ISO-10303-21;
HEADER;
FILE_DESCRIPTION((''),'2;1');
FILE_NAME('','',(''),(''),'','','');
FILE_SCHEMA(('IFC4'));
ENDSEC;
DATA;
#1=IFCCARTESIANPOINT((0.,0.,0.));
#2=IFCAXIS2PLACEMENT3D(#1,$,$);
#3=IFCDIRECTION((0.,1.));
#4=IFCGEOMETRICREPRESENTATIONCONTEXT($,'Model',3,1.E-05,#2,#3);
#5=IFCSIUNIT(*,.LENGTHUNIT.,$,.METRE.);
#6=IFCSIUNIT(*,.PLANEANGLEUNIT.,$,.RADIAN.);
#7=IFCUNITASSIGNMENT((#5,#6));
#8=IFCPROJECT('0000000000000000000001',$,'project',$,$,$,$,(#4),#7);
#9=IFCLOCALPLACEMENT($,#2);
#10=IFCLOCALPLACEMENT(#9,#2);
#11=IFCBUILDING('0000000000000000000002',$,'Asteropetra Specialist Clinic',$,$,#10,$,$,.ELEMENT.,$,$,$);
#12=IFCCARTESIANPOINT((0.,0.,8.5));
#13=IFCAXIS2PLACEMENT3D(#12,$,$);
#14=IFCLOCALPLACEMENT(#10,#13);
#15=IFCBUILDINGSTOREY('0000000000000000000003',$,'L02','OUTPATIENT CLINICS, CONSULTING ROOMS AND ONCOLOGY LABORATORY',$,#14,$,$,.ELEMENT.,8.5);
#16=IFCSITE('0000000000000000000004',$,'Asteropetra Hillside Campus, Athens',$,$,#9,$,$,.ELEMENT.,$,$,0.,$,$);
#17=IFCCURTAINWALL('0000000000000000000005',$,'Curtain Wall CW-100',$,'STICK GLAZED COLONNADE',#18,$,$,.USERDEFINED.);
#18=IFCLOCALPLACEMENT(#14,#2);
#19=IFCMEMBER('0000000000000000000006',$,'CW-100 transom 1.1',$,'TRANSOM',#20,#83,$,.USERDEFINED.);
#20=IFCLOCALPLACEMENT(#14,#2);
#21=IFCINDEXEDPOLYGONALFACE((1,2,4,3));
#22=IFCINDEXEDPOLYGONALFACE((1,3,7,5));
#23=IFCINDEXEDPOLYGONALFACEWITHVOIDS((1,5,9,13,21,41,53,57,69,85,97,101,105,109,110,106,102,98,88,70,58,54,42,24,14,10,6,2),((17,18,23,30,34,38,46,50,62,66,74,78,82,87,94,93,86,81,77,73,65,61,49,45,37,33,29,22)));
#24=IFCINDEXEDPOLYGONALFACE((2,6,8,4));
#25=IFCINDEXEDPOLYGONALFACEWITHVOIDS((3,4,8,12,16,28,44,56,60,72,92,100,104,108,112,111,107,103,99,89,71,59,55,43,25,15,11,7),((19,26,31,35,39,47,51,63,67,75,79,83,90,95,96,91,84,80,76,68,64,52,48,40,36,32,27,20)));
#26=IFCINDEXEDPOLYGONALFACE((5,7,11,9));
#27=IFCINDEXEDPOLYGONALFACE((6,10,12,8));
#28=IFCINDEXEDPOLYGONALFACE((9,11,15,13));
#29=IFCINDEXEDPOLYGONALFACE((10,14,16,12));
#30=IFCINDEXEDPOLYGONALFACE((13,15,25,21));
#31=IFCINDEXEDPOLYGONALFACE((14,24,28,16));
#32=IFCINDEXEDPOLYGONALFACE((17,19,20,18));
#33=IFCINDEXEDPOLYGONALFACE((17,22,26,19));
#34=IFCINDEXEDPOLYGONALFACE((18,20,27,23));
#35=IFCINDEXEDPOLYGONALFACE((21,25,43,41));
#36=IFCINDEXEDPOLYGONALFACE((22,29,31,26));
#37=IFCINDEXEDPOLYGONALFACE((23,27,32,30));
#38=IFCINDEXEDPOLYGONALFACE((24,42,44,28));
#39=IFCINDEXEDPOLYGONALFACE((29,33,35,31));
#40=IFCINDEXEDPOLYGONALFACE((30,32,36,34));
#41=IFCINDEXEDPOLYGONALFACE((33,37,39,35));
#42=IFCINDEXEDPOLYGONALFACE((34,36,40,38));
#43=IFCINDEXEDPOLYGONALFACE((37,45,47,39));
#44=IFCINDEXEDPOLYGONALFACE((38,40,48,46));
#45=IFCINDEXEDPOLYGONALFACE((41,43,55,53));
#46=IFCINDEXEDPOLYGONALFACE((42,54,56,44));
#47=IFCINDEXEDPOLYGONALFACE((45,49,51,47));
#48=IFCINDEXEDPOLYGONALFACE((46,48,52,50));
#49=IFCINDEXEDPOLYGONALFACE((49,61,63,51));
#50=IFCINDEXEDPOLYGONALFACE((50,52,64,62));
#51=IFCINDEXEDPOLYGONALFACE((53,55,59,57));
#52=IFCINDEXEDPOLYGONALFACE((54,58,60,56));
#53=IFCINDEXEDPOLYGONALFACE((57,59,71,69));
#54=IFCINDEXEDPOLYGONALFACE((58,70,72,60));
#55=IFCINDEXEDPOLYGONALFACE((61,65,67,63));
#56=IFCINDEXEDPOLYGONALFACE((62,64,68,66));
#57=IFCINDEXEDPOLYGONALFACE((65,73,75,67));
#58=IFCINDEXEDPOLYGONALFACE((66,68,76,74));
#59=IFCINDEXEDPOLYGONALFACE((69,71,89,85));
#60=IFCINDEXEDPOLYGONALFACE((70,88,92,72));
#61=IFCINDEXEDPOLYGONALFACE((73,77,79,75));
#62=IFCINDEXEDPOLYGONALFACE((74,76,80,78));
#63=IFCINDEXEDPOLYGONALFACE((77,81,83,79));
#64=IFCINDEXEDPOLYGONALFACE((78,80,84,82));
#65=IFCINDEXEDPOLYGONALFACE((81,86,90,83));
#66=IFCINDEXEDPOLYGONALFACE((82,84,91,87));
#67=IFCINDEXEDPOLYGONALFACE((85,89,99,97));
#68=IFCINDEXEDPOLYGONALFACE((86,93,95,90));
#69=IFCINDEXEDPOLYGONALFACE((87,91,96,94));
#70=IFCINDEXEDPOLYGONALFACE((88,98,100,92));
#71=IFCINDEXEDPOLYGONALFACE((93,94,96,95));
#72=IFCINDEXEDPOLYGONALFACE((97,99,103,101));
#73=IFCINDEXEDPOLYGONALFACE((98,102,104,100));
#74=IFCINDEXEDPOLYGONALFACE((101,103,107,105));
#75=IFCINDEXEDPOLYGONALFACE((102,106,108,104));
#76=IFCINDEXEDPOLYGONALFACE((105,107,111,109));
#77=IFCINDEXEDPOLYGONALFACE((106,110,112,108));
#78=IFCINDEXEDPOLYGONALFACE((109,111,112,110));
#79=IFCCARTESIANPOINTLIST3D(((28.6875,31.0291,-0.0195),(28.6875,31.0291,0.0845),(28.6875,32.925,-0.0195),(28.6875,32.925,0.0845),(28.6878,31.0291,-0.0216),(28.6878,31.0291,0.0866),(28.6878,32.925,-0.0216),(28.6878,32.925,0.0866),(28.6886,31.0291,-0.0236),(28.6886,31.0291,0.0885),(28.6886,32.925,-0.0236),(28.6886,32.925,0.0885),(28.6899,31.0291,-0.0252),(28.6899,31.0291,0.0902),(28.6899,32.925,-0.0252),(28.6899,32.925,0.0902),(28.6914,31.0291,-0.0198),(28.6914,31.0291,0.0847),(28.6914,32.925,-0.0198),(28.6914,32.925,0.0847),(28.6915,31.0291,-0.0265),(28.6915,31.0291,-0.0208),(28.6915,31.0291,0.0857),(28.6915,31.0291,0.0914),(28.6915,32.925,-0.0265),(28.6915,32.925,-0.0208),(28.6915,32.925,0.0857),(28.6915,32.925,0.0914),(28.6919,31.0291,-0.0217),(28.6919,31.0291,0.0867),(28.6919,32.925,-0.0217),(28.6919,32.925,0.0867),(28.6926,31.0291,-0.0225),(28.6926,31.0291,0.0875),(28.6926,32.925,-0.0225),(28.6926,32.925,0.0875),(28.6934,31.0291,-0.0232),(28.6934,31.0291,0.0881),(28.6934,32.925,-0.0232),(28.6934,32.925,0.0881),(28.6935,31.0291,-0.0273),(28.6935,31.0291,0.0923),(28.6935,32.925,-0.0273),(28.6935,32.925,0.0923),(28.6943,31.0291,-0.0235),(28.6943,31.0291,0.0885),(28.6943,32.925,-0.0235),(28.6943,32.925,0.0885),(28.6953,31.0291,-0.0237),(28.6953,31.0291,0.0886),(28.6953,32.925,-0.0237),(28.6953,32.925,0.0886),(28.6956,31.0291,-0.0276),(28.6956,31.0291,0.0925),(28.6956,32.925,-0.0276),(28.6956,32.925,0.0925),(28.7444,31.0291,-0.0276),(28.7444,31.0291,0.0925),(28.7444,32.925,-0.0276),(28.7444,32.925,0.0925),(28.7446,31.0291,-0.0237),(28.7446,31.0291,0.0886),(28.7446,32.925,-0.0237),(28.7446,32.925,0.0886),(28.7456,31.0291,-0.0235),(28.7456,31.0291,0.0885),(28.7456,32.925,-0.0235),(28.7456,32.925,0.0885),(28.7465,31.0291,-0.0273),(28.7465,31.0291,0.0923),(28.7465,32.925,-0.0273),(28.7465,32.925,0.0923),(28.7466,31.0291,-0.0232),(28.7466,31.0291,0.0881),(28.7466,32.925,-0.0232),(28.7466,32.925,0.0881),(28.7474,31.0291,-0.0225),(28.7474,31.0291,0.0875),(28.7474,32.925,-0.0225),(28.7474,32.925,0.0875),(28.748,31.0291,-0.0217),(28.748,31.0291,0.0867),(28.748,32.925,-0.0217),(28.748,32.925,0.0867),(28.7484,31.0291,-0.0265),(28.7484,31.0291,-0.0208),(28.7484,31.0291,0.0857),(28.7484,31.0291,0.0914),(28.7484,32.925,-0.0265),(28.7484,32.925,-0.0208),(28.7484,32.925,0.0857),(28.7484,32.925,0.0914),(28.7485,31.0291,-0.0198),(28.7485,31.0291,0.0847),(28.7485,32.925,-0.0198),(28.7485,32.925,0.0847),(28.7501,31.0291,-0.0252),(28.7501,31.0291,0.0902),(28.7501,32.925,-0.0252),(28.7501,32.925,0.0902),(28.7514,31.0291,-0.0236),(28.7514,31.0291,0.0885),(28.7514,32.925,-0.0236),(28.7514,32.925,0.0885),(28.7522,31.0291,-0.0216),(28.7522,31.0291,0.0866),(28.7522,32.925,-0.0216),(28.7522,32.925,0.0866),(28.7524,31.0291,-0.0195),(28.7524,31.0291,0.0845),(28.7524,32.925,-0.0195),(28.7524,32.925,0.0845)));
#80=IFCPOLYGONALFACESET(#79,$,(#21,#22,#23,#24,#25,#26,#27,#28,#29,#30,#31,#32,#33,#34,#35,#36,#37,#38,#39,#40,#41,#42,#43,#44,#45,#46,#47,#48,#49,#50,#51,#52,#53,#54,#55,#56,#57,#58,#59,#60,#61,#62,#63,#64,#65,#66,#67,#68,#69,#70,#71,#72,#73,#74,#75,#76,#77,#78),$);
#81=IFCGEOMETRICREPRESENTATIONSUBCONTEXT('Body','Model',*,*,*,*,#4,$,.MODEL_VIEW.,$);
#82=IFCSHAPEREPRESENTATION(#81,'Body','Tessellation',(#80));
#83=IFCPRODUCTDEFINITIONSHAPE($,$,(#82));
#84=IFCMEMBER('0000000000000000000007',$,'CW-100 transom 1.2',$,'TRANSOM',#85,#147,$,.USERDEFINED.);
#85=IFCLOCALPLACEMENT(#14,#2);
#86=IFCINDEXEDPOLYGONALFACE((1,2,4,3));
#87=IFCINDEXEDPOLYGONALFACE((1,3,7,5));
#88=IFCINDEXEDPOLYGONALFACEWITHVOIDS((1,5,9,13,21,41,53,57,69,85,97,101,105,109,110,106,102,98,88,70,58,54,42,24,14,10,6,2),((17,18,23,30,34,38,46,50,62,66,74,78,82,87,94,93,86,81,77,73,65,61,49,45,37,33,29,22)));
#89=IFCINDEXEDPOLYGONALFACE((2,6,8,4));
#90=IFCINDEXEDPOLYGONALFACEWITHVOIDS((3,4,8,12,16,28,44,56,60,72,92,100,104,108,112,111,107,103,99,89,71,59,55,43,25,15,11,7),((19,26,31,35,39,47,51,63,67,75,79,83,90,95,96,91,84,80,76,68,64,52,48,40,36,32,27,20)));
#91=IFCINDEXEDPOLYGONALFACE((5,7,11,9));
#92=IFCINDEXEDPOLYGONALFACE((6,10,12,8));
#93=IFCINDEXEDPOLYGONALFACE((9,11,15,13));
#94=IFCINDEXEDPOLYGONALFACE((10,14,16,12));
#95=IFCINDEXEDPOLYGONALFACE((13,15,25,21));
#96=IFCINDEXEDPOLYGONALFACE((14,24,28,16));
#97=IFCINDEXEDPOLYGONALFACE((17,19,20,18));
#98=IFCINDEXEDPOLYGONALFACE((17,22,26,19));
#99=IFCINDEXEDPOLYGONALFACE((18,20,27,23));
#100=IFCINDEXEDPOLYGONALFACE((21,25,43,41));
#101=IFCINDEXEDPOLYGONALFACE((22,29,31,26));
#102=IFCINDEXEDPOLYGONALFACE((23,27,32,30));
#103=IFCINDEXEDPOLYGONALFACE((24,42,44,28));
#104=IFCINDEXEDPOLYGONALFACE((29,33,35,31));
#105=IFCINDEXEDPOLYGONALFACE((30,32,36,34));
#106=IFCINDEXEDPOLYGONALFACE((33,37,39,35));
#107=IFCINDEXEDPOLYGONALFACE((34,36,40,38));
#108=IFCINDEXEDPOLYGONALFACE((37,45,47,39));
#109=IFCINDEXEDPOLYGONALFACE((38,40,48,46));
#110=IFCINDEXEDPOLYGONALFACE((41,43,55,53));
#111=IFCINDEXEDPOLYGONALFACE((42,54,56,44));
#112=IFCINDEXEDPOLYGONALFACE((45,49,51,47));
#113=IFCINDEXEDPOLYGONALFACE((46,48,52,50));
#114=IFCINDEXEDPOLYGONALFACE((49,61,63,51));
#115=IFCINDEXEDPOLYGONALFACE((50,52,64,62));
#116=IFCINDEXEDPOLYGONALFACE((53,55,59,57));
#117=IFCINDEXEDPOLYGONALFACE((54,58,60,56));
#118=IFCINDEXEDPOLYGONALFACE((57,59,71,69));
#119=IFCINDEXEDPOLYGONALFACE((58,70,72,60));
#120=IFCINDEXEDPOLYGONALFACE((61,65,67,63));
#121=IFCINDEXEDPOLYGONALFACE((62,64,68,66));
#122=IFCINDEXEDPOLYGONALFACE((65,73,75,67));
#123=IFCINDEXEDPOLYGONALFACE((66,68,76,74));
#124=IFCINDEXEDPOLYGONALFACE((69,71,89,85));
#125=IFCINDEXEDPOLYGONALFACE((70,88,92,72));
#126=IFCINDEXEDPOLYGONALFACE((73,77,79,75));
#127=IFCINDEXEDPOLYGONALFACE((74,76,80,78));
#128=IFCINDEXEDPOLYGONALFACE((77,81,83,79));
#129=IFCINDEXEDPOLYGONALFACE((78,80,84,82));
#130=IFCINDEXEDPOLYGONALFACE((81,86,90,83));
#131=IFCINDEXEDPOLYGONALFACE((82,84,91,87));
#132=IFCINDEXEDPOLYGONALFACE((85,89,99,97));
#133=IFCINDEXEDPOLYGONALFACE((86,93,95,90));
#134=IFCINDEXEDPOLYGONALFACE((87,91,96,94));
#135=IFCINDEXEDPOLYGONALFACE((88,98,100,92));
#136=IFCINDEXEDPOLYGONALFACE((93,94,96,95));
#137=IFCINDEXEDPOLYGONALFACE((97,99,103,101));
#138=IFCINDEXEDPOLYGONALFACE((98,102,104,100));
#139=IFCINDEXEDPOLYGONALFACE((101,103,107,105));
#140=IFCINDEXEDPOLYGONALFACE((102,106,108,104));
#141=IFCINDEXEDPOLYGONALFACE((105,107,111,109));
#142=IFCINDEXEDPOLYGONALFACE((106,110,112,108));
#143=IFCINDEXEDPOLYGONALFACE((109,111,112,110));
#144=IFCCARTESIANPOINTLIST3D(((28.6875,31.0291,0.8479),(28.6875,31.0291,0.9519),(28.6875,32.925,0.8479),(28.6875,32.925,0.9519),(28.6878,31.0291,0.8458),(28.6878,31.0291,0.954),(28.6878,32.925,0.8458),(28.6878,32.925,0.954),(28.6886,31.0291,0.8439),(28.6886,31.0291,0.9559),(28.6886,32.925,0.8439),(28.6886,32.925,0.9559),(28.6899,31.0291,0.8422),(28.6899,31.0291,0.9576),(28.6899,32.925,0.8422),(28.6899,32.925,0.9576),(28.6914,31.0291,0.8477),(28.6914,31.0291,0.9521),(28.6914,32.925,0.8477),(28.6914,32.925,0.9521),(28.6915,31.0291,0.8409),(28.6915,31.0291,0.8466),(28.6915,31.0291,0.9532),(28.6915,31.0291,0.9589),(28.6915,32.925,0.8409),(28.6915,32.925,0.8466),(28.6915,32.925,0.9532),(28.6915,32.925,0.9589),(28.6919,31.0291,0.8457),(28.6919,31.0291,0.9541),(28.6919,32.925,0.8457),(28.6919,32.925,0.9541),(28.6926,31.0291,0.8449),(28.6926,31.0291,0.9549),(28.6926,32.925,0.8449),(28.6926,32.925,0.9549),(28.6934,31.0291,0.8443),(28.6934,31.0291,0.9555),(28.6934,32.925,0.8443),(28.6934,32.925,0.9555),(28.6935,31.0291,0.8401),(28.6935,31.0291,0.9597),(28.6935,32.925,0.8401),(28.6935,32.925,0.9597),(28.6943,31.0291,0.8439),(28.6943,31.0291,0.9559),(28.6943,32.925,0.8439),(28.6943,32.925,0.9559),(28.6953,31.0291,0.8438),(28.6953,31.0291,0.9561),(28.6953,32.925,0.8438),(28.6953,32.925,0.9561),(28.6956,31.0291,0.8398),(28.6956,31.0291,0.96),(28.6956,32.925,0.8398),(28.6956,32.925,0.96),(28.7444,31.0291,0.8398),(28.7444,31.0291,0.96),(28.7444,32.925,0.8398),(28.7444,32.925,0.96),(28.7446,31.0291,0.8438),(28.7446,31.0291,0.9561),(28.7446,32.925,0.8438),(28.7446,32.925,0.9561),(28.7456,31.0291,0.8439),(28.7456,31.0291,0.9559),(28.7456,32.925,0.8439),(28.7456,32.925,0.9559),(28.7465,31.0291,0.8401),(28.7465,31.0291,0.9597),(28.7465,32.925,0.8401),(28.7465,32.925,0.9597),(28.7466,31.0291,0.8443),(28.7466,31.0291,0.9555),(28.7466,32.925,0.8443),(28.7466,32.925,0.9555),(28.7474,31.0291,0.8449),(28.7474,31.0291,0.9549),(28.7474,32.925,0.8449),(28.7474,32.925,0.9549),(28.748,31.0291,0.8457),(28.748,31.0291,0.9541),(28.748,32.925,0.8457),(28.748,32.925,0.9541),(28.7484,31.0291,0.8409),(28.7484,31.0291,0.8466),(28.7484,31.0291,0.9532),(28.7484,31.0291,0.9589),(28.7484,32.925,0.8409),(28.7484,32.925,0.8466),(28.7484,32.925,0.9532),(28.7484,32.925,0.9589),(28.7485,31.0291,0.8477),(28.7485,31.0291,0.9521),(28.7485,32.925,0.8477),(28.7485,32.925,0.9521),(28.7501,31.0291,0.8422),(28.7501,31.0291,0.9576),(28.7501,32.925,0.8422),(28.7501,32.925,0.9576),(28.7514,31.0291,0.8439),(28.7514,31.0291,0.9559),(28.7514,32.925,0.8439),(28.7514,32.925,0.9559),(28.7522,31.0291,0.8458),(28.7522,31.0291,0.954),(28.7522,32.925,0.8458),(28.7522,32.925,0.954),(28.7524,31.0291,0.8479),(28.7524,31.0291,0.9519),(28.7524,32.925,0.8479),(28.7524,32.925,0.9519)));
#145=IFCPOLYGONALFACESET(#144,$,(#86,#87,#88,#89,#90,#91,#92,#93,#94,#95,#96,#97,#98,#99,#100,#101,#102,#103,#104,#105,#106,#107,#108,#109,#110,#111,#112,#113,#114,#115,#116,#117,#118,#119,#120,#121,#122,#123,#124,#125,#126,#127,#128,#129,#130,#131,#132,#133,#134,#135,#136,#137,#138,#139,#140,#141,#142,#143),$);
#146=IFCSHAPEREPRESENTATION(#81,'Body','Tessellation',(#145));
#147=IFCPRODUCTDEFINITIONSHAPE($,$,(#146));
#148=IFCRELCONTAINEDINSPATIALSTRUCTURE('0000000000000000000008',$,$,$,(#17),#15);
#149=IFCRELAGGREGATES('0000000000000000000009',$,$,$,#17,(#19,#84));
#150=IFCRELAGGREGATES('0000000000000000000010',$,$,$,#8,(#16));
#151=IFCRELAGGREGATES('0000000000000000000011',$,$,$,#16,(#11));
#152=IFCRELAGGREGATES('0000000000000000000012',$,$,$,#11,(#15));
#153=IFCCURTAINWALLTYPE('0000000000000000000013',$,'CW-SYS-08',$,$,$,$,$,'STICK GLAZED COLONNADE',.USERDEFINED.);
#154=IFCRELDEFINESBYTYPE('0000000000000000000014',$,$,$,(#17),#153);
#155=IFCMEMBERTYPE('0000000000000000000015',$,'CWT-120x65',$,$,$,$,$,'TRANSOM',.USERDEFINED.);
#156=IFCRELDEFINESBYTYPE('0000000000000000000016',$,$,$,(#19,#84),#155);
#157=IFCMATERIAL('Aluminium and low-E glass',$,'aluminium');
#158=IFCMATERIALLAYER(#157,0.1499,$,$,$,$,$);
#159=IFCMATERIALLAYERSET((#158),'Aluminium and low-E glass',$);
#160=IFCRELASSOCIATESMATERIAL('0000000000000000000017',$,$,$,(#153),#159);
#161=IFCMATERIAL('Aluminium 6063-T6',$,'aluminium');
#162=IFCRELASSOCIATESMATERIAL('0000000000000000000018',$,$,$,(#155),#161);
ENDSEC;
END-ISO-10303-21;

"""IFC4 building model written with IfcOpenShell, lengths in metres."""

from ifc_helpers import new_model, si_unit, direction, frame, origin, origin_2d, place, context, subcontext, project, spatial, hollow_rectangle, extrude, material, layer, layer_set, material_profile, profile_set, type_object, element, aggregate, save


model = new_model("IFC4")

# Units and contexts
model_context = context("Model", 3, precision=1e-05, world=origin(), true_north=direction((0.0, 1.0)))
body_context = subcontext(model_context, "Body", "Model", "MODEL_VIEW")
ifc_project = project(units=[si_unit("LENGTHUNIT", "METRE"), si_unit("PLANEANGLEUNIT", "RADIAN")], contexts=[model_context])

# Site, building, storey
site_placement = place(None, origin())
site = spatial("IfcSite", under=ifc_project, at=site_placement, Name="Asteropetra Hillside Campus, Athens", CompositionType="ELEMENT", RefElevation=0.0)
building_placement = place(site_placement, origin())
building = spatial("IfcBuilding", under=site, at=building_placement, Name="Asteropetra Specialist Clinic", CompositionType="ELEMENT")
storey_placement = place(building_placement, frame((0.0, 0.0, 8.5)))
storey = spatial("IfcBuildingStorey", under=building, at=storey_placement, Name="L02", Description="OUTPATIENT CLINICS, CONSULTING ROOMS AND ONCOLOGY LABORATORY", CompositionType="ELEMENT", Elevation=8.5)

# Curtain wall, members
ifc_material_1 = material(Name="Aluminium and low-E glass", Category="aluminium")
ifc_layer_1 = layer(ifc_material_1, 0.1499)
ifc_layer_set_1 = layer_set([ifc_layer_1], Name="Aluminium and low-E glass")
curtain_wall_type = type_object("IfcCurtainWallType", Name="CW-SYS-08", ElementType="STICK GLAZED COLONNADE", PredefinedType="USERDEFINED", material=ifc_layer_set_1)
curtain_wall_placement = place(storey_placement, origin())
curtain_wall = element("IfcCurtainWall", 1, at=curtain_wall_placement, inside=storey, type_object=curtain_wall_type, Name="Curtain Wall CW-100", ObjectType="STICK GLAZED COLONNADE", PredefinedType="USERDEFINED")
ifc_material_2 = material(Name="Aluminium 6063-T6", Category="aluminium")
ifc_material_profile_1 = material_profile(ifc_material_2, hollow_rectangle(XDim=0.0649, YDim=0.1201, WallThickness=0.0039, InnerFilletRadius=0.0039, OuterFilletRadius=0.0081, at=origin_2d()), Name="TRN 120x65x4.0")
ifc_profile_set_1 = profile_set([ifc_material_profile_1], Name="Aluminium 6063-T6")
member_type_1 = type_object("IfcMemberType", Name="CWT-120x65", ElementType="TRANSOM", PredefinedType="USERDEFINED", material=ifc_profile_set_1)
member_1_placement = place(storey_placement, frame((28.72, 32.925, 0.0325), z_axis=(0.0, -1.0, 0.0), x_axis=(1.0, 0.0, 0.0)))
member_1 = element("IfcMember", 2, at=member_1_placement, type_object=member_type_1, Name="CW-100 transom 1.1", ObjectType="TRANSOM", PredefinedType="USERDEFINED", context=body_context, shape_type="SweptSolid", body=[
    extrude(hollow_rectangle(XDim=0.0649, YDim=0.1201, WallThickness=0.0039, InnerFilletRadius=0.0039, OuterFilletRadius=0.0081, at=origin_2d()), origin(), (0.0, 0.0, 1.0), 1.896),
])
member_2_placement = place(storey_placement, frame((28.72, 32.925, 0.8999), z_axis=(0.0, -1.0, 0.0), x_axis=(1.0, 0.0, 0.0)))
member_2 = element("IfcMember", 3, at=member_2_placement, type_object=member_type_1, Name="CW-100 transom 1.2", ObjectType="TRANSOM", PredefinedType="USERDEFINED", context=body_context, shape_type="SweptSolid", body=[
    extrude(hollow_rectangle(XDim=0.0649, YDim=0.1201, WallThickness=0.0039, InnerFilletRadius=0.0039, OuterFilletRadius=0.0081, at=origin_2d()), origin(), (0.0, 0.0, 1.0), 1.896),
])

aggregate(curtain_wall, [member_1, member_2])

save(model, "model.ifc")
